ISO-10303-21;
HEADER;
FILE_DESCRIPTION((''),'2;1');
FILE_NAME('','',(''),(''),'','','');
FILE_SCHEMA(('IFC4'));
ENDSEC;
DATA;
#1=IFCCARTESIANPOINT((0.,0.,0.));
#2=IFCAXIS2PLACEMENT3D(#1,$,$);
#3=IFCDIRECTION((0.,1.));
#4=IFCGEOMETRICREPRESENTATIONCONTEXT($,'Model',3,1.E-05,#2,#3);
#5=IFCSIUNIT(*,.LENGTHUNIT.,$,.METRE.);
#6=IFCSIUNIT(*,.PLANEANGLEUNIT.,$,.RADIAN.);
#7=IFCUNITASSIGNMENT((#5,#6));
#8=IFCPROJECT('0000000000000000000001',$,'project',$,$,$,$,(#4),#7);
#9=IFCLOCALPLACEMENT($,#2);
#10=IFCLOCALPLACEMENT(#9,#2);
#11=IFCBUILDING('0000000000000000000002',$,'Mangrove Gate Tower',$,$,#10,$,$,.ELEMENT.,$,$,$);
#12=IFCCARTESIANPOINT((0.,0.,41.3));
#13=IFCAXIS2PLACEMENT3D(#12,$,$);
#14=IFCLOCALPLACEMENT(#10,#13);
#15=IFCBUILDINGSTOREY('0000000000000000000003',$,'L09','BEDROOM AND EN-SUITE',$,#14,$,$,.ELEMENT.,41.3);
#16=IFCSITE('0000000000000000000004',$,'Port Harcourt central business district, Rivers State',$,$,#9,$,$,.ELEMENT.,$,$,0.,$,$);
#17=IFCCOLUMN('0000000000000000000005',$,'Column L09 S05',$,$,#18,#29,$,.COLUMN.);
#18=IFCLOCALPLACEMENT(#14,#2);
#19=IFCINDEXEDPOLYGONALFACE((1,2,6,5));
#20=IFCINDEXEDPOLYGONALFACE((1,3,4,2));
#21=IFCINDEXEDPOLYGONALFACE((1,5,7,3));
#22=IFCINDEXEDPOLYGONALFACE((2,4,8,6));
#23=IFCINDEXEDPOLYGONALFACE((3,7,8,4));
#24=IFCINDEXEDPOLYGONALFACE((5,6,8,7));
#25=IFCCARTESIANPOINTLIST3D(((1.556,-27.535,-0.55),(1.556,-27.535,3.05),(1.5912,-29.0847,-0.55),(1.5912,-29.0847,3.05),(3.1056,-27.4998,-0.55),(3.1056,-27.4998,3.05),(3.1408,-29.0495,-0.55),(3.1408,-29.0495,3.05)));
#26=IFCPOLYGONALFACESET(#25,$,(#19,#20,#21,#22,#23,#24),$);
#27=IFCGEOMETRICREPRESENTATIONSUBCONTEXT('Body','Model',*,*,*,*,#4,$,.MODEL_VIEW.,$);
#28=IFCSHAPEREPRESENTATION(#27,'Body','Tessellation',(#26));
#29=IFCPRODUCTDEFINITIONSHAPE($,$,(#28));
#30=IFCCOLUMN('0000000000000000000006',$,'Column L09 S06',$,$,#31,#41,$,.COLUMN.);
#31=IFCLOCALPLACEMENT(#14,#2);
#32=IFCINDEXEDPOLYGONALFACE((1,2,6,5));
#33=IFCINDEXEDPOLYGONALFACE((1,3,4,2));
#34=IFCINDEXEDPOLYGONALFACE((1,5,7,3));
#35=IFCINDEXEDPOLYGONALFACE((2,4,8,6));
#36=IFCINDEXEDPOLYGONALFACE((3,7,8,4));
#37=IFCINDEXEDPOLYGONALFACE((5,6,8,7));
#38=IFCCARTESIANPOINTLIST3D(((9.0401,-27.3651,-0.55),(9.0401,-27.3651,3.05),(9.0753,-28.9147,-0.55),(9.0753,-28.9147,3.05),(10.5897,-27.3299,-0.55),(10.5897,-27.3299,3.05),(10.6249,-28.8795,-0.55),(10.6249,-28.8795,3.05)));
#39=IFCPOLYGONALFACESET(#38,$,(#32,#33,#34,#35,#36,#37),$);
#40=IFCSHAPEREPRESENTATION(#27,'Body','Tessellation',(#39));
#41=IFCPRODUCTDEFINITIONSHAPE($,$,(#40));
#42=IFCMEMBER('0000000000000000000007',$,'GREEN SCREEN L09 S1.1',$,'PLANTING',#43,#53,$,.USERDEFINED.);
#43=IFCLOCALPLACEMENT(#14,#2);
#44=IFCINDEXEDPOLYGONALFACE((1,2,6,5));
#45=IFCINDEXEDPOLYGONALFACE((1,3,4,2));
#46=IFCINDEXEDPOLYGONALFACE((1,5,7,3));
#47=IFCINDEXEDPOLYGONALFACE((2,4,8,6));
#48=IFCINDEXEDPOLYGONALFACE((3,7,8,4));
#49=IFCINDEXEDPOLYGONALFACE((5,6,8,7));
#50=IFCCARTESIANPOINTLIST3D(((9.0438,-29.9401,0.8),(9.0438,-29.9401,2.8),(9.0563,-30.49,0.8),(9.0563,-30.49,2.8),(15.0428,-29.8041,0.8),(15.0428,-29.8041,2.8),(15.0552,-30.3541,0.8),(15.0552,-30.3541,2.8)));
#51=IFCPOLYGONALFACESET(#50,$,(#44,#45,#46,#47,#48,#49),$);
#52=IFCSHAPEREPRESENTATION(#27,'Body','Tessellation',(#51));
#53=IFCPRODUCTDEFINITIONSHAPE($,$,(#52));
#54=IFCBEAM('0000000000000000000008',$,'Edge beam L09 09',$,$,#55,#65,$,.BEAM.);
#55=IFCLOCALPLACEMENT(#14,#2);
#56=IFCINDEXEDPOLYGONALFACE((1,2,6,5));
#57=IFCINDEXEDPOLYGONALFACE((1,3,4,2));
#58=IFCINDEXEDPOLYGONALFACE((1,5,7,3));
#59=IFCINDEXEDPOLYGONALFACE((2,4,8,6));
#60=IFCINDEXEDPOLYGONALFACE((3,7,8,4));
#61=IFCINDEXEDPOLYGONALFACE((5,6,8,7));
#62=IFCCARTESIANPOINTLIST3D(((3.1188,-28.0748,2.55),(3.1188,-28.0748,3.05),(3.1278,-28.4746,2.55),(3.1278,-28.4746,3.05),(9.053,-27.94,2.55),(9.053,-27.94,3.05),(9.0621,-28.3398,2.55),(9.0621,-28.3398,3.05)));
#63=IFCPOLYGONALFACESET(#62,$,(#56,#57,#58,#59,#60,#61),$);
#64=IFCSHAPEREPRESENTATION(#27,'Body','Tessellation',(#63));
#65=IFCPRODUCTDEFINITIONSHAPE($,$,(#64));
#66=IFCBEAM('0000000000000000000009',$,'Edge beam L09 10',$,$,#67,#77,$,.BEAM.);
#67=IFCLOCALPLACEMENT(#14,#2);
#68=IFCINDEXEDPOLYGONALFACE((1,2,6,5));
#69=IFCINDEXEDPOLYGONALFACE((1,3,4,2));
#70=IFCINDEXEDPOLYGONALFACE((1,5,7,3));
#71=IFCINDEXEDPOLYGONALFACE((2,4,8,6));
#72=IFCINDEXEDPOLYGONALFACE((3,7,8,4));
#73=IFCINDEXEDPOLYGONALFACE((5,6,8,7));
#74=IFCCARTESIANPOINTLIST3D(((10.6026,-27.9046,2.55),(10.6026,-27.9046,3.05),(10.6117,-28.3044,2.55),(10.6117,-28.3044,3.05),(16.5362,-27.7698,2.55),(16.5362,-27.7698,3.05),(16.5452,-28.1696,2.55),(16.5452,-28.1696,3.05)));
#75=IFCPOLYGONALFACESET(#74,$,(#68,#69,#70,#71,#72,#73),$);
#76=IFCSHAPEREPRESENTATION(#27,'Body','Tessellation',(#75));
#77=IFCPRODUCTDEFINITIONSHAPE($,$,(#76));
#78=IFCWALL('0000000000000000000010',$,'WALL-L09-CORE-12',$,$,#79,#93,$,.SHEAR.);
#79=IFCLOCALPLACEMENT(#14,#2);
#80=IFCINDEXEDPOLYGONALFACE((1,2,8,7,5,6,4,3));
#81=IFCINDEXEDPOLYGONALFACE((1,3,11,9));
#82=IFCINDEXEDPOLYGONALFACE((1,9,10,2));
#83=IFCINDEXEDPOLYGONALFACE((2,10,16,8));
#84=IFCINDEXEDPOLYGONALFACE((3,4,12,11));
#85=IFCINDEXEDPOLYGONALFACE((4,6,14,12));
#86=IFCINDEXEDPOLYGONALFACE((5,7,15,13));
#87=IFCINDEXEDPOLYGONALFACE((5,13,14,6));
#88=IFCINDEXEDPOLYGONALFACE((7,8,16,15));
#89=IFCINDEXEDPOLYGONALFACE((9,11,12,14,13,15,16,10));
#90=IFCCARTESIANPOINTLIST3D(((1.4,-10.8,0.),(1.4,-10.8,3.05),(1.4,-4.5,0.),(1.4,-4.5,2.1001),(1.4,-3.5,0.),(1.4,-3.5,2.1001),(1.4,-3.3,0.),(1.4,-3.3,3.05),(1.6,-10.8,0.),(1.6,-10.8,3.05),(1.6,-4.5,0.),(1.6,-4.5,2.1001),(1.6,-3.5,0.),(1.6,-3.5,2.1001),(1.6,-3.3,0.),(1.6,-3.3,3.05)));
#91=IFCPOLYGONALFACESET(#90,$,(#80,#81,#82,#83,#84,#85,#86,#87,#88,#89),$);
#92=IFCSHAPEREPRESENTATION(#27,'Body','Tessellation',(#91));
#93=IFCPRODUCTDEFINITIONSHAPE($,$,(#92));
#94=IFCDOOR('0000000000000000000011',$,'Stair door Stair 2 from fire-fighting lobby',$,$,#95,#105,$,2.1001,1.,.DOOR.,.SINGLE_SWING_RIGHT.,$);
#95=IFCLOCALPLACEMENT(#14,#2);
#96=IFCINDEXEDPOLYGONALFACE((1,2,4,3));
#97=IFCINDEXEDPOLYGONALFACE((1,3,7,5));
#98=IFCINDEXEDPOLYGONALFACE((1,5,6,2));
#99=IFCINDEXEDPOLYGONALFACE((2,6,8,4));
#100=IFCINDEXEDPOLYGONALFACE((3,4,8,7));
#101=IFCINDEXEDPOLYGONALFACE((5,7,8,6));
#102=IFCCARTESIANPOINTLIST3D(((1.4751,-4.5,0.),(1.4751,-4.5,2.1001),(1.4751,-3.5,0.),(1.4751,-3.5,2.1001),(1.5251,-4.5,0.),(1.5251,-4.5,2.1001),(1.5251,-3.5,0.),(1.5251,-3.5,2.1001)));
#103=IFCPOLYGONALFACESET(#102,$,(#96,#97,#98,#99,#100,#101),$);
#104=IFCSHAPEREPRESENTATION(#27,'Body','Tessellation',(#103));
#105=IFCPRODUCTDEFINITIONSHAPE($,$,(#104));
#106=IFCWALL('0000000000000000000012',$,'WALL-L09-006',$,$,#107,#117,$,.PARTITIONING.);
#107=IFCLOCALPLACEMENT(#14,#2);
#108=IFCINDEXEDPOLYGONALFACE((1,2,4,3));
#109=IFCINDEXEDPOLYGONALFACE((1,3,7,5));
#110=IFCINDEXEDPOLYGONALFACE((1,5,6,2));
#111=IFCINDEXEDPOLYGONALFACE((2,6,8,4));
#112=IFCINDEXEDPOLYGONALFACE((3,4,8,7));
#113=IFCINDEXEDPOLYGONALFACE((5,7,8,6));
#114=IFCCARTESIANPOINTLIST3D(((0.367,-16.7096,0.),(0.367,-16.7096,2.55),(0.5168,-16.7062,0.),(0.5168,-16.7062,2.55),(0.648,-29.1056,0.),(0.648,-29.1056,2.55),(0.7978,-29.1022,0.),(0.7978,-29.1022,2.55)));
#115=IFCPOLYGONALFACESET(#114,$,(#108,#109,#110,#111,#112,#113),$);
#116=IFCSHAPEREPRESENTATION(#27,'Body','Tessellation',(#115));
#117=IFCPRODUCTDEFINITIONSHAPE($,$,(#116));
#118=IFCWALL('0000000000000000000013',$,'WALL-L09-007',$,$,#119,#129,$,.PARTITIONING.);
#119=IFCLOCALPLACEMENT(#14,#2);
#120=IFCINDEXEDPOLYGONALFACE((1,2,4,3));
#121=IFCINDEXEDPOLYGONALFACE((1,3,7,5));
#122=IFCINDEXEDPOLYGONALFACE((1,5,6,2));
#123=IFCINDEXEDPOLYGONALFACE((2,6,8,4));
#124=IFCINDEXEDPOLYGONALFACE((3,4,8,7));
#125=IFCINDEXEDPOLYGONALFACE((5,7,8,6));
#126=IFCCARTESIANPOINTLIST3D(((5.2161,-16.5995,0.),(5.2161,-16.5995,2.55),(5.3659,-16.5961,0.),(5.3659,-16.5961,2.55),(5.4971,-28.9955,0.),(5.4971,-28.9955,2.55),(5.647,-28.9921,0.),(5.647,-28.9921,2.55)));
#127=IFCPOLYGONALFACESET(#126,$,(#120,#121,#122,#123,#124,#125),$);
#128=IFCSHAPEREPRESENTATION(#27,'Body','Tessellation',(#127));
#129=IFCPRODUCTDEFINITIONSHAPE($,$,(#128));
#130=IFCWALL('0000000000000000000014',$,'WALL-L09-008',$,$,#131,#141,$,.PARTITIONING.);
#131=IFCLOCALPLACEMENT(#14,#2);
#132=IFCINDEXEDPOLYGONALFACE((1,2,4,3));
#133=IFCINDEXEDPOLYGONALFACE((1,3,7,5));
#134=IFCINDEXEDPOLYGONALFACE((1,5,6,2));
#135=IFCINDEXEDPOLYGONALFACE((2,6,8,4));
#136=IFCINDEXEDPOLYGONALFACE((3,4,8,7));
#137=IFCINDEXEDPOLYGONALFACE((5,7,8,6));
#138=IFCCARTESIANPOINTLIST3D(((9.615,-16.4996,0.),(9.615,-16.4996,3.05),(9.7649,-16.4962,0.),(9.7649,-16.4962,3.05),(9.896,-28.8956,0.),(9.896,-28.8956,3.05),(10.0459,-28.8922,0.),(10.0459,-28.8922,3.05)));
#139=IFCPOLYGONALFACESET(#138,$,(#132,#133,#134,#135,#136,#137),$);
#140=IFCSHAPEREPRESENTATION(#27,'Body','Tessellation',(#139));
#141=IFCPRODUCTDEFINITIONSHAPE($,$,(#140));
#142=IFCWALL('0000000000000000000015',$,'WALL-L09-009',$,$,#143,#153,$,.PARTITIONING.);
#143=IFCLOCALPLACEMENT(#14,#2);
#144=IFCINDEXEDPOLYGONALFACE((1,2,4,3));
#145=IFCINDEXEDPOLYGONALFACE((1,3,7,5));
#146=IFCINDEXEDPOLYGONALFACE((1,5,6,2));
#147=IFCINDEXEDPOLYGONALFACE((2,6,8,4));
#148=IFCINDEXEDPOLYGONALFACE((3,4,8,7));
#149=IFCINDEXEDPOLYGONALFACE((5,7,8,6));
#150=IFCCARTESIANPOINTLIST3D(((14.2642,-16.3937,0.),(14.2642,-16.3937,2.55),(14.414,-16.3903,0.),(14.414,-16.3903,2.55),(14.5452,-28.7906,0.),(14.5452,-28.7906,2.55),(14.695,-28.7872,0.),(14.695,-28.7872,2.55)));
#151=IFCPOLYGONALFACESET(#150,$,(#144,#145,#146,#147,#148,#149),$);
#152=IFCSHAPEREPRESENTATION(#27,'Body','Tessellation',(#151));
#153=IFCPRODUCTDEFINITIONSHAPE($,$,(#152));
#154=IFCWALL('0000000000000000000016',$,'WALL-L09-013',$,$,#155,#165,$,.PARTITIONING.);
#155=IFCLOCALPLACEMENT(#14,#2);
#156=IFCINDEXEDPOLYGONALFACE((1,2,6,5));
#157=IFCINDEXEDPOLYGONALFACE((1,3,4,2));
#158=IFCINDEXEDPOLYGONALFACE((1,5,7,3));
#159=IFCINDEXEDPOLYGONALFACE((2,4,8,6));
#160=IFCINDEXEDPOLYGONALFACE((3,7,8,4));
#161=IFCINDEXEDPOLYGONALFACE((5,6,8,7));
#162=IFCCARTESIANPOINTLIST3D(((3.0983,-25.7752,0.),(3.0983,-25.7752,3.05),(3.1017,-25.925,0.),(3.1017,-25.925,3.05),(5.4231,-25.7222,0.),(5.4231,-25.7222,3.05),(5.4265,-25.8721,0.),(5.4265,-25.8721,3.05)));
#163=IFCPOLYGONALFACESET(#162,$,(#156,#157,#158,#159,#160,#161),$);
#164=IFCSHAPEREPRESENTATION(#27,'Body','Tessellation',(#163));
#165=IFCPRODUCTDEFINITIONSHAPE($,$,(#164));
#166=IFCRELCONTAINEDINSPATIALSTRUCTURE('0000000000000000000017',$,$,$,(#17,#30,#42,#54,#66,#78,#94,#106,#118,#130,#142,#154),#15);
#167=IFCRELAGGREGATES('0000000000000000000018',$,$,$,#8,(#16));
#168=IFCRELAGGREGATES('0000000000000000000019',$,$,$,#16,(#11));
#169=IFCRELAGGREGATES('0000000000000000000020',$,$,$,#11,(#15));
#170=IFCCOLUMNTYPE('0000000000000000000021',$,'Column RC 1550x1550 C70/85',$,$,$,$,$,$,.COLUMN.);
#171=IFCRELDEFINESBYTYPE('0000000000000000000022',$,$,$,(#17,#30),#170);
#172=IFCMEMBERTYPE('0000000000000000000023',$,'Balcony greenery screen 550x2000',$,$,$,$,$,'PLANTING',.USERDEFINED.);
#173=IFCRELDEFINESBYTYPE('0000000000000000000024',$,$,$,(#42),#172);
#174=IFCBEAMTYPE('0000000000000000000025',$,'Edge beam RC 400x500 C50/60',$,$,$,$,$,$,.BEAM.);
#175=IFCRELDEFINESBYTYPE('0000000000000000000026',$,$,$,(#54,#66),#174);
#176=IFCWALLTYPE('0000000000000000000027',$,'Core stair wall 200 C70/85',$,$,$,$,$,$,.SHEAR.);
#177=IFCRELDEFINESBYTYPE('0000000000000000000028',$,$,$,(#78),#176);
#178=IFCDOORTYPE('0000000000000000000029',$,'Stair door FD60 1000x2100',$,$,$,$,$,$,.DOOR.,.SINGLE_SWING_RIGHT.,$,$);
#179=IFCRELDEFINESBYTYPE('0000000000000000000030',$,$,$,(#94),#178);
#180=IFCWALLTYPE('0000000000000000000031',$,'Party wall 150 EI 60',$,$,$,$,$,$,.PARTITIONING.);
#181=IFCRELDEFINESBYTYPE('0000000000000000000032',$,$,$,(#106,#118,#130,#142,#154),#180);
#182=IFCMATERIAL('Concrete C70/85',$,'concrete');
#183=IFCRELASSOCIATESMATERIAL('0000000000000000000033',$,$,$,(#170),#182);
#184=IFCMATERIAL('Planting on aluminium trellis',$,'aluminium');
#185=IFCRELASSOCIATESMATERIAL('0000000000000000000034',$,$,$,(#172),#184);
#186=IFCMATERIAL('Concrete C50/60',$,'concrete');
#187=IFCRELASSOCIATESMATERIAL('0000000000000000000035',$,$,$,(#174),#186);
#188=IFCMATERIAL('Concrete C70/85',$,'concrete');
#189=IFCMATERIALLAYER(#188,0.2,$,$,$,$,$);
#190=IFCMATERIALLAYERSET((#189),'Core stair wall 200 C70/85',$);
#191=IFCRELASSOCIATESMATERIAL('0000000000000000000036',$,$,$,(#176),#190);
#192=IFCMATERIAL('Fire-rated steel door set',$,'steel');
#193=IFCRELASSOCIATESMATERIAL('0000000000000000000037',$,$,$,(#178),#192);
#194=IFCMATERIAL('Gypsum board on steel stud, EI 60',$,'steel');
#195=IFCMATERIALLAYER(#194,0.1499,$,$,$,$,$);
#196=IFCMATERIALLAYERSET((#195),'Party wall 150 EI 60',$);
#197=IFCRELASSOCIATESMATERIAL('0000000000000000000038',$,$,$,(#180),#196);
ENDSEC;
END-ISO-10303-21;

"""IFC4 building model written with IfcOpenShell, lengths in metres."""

from ifc_helpers import new_model, si_unit, direction, frame, frame_2d, origin, origin_2d, place, context, subcontext, project, spatial, rectangle, extrude, material, layer, layer_set, material_profile, profile_set, type_object, element, fill, save


model = new_model("IFC4")

# Units and contexts
model_context = context("Model", 3, precision=1e-05, world=origin(), true_north=direction((0.0, 1.0)))
body_context = subcontext(model_context, "Body", "Model", "MODEL_VIEW")
ifc_project = project(units=[si_unit("LENGTHUNIT", "METRE"), si_unit("PLANEANGLEUNIT", "RADIAN")], contexts=[model_context])

# Site, building, storey
site_placement = place(None, origin())
site = spatial("IfcSite", under=ifc_project, at=site_placement, Name="Port Harcourt central business district, Rivers State", CompositionType="ELEMENT", RefElevation=0.0)
building_placement = place(site_placement, origin())
building = spatial("IfcBuilding", under=site, at=building_placement, Name="Mangrove Gate Tower", CompositionType="ELEMENT")
storey_placement = place(building_placement, frame((0.0, 0.0, 41.3)))
storey = spatial("IfcBuildingStorey", under=building, at=storey_placement, Name="L09", Description="BEDROOM AND EN-SUITE", CompositionType="ELEMENT", Elevation=41.3)

# Columns
ifc_material_1 = material(Name="Concrete C70/85", Category="concrete")
ifc_material_profile_1 = material_profile(ifc_material_1, rectangle(XDim=1.55, YDim=1.55, at=origin_2d()))
ifc_profile_set_1 = profile_set([ifc_material_profile_1], Name="Concrete C70/85")
column_type = type_object("IfcColumnType", Name="Column RC 1550x1550 C70/85", PredefinedType="COLUMN", material=ifc_profile_set_1)
for number, where, z_axis, x_axis, name in (
    (1, (2.3484, -28.2922, -0.55), (0.0, 0.0, 1.0), (0.999742, 0.022709, 0.0), "Column L09 S05"),
    (2, (9.8325, -28.1223, -0.55), (0.0, 0.0, 1.0), (0.999742, 0.022711, 0.0), "Column L09 S06"),
):
    element("IfcColumn", number, at=place(storey_placement, frame(where, z_axis=z_axis, x_axis=x_axis)), inside=storey, type_object=column_type, Name=name, PredefinedType="COLUMN", context=body_context, shape_type="SweptSolid", body=[
        extrude(rectangle(XDim=1.55, YDim=1.55, at=origin_2d()), origin(), (0.0, 0.0, 1.0), 3.6001),
    ])

# Member
ifc_material_2 = material(Name="Planting on aluminium trellis", Category="aluminium")
ifc_material_profile_2 = material_profile(ifc_material_2, rectangle(XDim=0.55, YDim=2.0, at=origin_2d()))
ifc_profile_set_2 = profile_set([ifc_material_profile_2], Name="Planting on aluminium trellis")
member_type = type_object("IfcMemberType", Name="Balcony greenery screen 550x2000", ElementType="PLANTING", PredefinedType="USERDEFINED", material=ifc_profile_set_2)
member_placement = place(storey_placement, frame((9.05, -30.2151, 1.8), z_axis=(0.999743, 0.022662, 0.0), x_axis=(-0.022662, 0.999743, 0.0)))
element("IfcMember", 3, at=member_placement, inside=storey, type_object=member_type, Name="GREEN SCREEN L09 S1.1", ObjectType="PLANTING", PredefinedType="USERDEFINED", context=body_context, shape_type="SweptSolid", body=[
    extrude(rectangle(XDim=0.55, YDim=2.0, at=origin_2d()), origin(), (0.0, 0.0, 1.0), 6.0005),
])

# Beams
ifc_material_3 = material(Name="Concrete C50/60", Category="concrete")
ifc_material_profile_3 = material_profile(ifc_material_3, rectangle(XDim=0.3999, YDim=0.5, at=origin_2d()))
ifc_profile_set_3 = profile_set([ifc_material_profile_3], Name="Concrete C50/60")
beam_type = type_object("IfcBeamType", Name="Edge beam RC 400x500 C50/60", PredefinedType="BEAM", material=ifc_profile_set_3)
beam_1_placement = place(storey_placement, frame((3.1233, -28.2747, 2.8), z_axis=(0.999742, 0.022704, 0.0), x_axis=(-0.022704, 0.999742, 0.0)))
element("IfcBeam", 4, at=beam_1_placement, inside=storey, type_object=beam_type, Name="Edge beam L09 09", PredefinedType="BEAM", context=body_context, shape_type="SweptSolid", body=[
    extrude(rectangle(XDim=0.3999, YDim=0.5, at=origin_2d()), origin(), (0.0, 0.0, 1.0), 5.9358),
])
beam_2_placement = place(storey_placement, frame((10.6072, -28.1045, 2.8), z_axis=(0.999742, 0.022706, 0.0), x_axis=(-0.022706, 0.999742, 0.0)))
element("IfcBeam", 5, at=beam_2_placement, inside=storey, type_object=beam_type, Name="Edge beam L09 10", PredefinedType="BEAM", context=body_context, shape_type="SweptSolid", body=[
    extrude(rectangle(XDim=0.3999, YDim=0.5, at=origin_2d()), origin(), (0.0, 0.0, 1.0), 5.9351),
])

# Wall, opening, door
ifc_material_4 = material(Name="Concrete C70/85", Category="concrete")
ifc_layer_1 = layer(ifc_material_4, 0.2)
ifc_layer_set_1 = layer_set([ifc_layer_1], Name="Core stair wall 200 C70/85")
wall_type_1 = type_object("IfcWallType", Name="Core stair wall 200 C70/85", PredefinedType="SHEAR", material=ifc_layer_set_1)
wall_1_placement = place(storey_placement, frame((1.5, -10.8, 0.0), z_axis=(0.0, 0.0, 1.0), x_axis=(0.0, 1.0, 0.0)))
wall_1 = element("IfcWall", 6, at=wall_1_placement, inside=storey, type_object=wall_type_1, Name="WALL-L09-CORE-12", PredefinedType="SHEAR", context=body_context, shape_type="SweptSolid", body=[
    extrude(rectangle(XDim=7.5, YDim=0.2, at=frame_2d((3.75, 0.0))), origin(), (0.0, 0.0, 1.0), 3.05),
])
opening_1_placement = place(wall_1_placement, frame((6.3, 0.0, 0.0)))
opening_1 = element("IfcOpeningElement", 7, at=opening_1_placement, cuts=wall_1, PredefinedType="OPENING", context=body_context, shape_type="SweptSolid", body=[
    extrude(rectangle(XDim=1.0, YDim=2.1001, at=frame_2d((0.5, 1.05))), frame((0.0, 0.1099, 0.0), z_axis=(0.0, -1.0, 0.0), x_axis=(1.0, 0.0, 0.0)), (0.0, 0.0, 1.0), 0.22),
])
ifc_material_5 = material(Name="Fire-rated steel door set", Category="steel")
door_type_1 = type_object("IfcDoorType", Name="Stair door FD60 1000x2100", OperationType="SINGLE_SWING_RIGHT", PredefinedType="DOOR", material=ifc_material_5)
door_1_placement = place(opening_1_placement, origin())
door_1 = element("IfcDoor", 8, at=door_1_placement, inside=storey, type_object=door_type_1, Name="Stair door Stair 2 from fire-fighting lobby", OperationType="SINGLE_SWING_RIGHT", OverallHeight=2.1001, OverallWidth=1.0, PredefinedType="DOOR", context=body_context, shape_type="SweptSolid", body=[
    extrude(rectangle(XDim=1.0, YDim=2.1001, at=frame_2d((0.5, 1.05))), frame((0.0, 0.0249, 0.0), z_axis=(0.0, -1.0, 0.0), x_axis=(1.0, 0.0, 0.0)), (0.0, 0.0, 1.0), 0.05),
])
fill(opening_1, door_1)

# Walls
ifc_material_6 = material(Name="Gypsum board on steel stud, EI 60", Category="steel")
ifc_layer_2 = layer(ifc_material_6, 0.1499)
ifc_layer_set_2 = layer_set([ifc_layer_2], Name="Party wall 150 EI 60")
wall_type_2 = type_object("IfcWallType", Name="Party wall 150 EI 60", PredefinedType="PARTITIONING", material=ifc_layer_set_2)
for number, where, z_axis, x_axis, name in (
    (9, (0.7229, -29.104, 0.0), (0.0, 0.0, 1.0), (-0.022663, 0.999743, 0.0), "WALL-L09-006"),
    (10, (5.572, -28.9939, 0.0), (0.0, 0.0, 1.0), (-0.022663, 0.999743, 0.0), "WALL-L09-007"),
):
    element("IfcWall", number, at=place(storey_placement, frame(where, z_axis=z_axis, x_axis=x_axis)), inside=storey, type_object=wall_type_2, Name=name, PredefinedType="PARTITIONING", context=body_context, shape_type="SweptSolid", body=[
        extrude(rectangle(XDim=12.3992, YDim=0.1499, at=frame_2d((6.1997, 0.0))), origin(), (0.0, 0.0, 1.0), 2.55),
    ])
wall_2_placement = place(storey_placement, frame((9.9709, -28.894, 0.0), z_axis=(0.0, 0.0, 1.0), x_axis=(-0.022663, 0.999743, 0.0)))
element("IfcWall", 11, at=wall_2_placement, inside=storey, type_object=wall_type_2, Name="WALL-L09-008", PredefinedType="PARTITIONING", context=body_context, shape_type="SweptSolid", body=[
    extrude(rectangle(XDim=12.3992, YDim=0.1499, at=frame_2d((6.1997, 0.0))), origin(), (0.0, 0.0, 1.0), 3.05),
])
wall_3_placement = place(storey_placement, frame((14.6201, -28.7891, 0.0), z_axis=(0.0, 0.0, 1.0), x_axis=(-0.022661, 0.999743, 0.0)))
element("IfcWall", 12, at=wall_3_placement, inside=storey, type_object=wall_type_2, Name="WALL-L09-009", PredefinedType="PARTITIONING", context=body_context, shape_type="SweptSolid", body=[
    extrude(rectangle(XDim=12.4001, YDim=0.1499, at=frame_2d((6.2002, 0.0))), origin(), (0.0, 0.0, 1.0), 2.55),
])
wall_4_placement = place(storey_placement, frame((3.1001, -25.8501, 0.0), z_axis=(0.0, 0.0, 1.0), x_axis=(0.99974, 0.022781, 0.0)))
element("IfcWall", 13, at=wall_4_placement, inside=storey, type_object=wall_type_2, Name="WALL-L09-013", PredefinedType="PARTITIONING", context=body_context, shape_type="SweptSolid", body=[
    extrude(rectangle(XDim=2.3254, YDim=0.1499, at=frame_2d((1.1626, 0.0))), origin(), (0.0, 0.0, 1.0), 3.05),
])

save(model, "model.ifc")
